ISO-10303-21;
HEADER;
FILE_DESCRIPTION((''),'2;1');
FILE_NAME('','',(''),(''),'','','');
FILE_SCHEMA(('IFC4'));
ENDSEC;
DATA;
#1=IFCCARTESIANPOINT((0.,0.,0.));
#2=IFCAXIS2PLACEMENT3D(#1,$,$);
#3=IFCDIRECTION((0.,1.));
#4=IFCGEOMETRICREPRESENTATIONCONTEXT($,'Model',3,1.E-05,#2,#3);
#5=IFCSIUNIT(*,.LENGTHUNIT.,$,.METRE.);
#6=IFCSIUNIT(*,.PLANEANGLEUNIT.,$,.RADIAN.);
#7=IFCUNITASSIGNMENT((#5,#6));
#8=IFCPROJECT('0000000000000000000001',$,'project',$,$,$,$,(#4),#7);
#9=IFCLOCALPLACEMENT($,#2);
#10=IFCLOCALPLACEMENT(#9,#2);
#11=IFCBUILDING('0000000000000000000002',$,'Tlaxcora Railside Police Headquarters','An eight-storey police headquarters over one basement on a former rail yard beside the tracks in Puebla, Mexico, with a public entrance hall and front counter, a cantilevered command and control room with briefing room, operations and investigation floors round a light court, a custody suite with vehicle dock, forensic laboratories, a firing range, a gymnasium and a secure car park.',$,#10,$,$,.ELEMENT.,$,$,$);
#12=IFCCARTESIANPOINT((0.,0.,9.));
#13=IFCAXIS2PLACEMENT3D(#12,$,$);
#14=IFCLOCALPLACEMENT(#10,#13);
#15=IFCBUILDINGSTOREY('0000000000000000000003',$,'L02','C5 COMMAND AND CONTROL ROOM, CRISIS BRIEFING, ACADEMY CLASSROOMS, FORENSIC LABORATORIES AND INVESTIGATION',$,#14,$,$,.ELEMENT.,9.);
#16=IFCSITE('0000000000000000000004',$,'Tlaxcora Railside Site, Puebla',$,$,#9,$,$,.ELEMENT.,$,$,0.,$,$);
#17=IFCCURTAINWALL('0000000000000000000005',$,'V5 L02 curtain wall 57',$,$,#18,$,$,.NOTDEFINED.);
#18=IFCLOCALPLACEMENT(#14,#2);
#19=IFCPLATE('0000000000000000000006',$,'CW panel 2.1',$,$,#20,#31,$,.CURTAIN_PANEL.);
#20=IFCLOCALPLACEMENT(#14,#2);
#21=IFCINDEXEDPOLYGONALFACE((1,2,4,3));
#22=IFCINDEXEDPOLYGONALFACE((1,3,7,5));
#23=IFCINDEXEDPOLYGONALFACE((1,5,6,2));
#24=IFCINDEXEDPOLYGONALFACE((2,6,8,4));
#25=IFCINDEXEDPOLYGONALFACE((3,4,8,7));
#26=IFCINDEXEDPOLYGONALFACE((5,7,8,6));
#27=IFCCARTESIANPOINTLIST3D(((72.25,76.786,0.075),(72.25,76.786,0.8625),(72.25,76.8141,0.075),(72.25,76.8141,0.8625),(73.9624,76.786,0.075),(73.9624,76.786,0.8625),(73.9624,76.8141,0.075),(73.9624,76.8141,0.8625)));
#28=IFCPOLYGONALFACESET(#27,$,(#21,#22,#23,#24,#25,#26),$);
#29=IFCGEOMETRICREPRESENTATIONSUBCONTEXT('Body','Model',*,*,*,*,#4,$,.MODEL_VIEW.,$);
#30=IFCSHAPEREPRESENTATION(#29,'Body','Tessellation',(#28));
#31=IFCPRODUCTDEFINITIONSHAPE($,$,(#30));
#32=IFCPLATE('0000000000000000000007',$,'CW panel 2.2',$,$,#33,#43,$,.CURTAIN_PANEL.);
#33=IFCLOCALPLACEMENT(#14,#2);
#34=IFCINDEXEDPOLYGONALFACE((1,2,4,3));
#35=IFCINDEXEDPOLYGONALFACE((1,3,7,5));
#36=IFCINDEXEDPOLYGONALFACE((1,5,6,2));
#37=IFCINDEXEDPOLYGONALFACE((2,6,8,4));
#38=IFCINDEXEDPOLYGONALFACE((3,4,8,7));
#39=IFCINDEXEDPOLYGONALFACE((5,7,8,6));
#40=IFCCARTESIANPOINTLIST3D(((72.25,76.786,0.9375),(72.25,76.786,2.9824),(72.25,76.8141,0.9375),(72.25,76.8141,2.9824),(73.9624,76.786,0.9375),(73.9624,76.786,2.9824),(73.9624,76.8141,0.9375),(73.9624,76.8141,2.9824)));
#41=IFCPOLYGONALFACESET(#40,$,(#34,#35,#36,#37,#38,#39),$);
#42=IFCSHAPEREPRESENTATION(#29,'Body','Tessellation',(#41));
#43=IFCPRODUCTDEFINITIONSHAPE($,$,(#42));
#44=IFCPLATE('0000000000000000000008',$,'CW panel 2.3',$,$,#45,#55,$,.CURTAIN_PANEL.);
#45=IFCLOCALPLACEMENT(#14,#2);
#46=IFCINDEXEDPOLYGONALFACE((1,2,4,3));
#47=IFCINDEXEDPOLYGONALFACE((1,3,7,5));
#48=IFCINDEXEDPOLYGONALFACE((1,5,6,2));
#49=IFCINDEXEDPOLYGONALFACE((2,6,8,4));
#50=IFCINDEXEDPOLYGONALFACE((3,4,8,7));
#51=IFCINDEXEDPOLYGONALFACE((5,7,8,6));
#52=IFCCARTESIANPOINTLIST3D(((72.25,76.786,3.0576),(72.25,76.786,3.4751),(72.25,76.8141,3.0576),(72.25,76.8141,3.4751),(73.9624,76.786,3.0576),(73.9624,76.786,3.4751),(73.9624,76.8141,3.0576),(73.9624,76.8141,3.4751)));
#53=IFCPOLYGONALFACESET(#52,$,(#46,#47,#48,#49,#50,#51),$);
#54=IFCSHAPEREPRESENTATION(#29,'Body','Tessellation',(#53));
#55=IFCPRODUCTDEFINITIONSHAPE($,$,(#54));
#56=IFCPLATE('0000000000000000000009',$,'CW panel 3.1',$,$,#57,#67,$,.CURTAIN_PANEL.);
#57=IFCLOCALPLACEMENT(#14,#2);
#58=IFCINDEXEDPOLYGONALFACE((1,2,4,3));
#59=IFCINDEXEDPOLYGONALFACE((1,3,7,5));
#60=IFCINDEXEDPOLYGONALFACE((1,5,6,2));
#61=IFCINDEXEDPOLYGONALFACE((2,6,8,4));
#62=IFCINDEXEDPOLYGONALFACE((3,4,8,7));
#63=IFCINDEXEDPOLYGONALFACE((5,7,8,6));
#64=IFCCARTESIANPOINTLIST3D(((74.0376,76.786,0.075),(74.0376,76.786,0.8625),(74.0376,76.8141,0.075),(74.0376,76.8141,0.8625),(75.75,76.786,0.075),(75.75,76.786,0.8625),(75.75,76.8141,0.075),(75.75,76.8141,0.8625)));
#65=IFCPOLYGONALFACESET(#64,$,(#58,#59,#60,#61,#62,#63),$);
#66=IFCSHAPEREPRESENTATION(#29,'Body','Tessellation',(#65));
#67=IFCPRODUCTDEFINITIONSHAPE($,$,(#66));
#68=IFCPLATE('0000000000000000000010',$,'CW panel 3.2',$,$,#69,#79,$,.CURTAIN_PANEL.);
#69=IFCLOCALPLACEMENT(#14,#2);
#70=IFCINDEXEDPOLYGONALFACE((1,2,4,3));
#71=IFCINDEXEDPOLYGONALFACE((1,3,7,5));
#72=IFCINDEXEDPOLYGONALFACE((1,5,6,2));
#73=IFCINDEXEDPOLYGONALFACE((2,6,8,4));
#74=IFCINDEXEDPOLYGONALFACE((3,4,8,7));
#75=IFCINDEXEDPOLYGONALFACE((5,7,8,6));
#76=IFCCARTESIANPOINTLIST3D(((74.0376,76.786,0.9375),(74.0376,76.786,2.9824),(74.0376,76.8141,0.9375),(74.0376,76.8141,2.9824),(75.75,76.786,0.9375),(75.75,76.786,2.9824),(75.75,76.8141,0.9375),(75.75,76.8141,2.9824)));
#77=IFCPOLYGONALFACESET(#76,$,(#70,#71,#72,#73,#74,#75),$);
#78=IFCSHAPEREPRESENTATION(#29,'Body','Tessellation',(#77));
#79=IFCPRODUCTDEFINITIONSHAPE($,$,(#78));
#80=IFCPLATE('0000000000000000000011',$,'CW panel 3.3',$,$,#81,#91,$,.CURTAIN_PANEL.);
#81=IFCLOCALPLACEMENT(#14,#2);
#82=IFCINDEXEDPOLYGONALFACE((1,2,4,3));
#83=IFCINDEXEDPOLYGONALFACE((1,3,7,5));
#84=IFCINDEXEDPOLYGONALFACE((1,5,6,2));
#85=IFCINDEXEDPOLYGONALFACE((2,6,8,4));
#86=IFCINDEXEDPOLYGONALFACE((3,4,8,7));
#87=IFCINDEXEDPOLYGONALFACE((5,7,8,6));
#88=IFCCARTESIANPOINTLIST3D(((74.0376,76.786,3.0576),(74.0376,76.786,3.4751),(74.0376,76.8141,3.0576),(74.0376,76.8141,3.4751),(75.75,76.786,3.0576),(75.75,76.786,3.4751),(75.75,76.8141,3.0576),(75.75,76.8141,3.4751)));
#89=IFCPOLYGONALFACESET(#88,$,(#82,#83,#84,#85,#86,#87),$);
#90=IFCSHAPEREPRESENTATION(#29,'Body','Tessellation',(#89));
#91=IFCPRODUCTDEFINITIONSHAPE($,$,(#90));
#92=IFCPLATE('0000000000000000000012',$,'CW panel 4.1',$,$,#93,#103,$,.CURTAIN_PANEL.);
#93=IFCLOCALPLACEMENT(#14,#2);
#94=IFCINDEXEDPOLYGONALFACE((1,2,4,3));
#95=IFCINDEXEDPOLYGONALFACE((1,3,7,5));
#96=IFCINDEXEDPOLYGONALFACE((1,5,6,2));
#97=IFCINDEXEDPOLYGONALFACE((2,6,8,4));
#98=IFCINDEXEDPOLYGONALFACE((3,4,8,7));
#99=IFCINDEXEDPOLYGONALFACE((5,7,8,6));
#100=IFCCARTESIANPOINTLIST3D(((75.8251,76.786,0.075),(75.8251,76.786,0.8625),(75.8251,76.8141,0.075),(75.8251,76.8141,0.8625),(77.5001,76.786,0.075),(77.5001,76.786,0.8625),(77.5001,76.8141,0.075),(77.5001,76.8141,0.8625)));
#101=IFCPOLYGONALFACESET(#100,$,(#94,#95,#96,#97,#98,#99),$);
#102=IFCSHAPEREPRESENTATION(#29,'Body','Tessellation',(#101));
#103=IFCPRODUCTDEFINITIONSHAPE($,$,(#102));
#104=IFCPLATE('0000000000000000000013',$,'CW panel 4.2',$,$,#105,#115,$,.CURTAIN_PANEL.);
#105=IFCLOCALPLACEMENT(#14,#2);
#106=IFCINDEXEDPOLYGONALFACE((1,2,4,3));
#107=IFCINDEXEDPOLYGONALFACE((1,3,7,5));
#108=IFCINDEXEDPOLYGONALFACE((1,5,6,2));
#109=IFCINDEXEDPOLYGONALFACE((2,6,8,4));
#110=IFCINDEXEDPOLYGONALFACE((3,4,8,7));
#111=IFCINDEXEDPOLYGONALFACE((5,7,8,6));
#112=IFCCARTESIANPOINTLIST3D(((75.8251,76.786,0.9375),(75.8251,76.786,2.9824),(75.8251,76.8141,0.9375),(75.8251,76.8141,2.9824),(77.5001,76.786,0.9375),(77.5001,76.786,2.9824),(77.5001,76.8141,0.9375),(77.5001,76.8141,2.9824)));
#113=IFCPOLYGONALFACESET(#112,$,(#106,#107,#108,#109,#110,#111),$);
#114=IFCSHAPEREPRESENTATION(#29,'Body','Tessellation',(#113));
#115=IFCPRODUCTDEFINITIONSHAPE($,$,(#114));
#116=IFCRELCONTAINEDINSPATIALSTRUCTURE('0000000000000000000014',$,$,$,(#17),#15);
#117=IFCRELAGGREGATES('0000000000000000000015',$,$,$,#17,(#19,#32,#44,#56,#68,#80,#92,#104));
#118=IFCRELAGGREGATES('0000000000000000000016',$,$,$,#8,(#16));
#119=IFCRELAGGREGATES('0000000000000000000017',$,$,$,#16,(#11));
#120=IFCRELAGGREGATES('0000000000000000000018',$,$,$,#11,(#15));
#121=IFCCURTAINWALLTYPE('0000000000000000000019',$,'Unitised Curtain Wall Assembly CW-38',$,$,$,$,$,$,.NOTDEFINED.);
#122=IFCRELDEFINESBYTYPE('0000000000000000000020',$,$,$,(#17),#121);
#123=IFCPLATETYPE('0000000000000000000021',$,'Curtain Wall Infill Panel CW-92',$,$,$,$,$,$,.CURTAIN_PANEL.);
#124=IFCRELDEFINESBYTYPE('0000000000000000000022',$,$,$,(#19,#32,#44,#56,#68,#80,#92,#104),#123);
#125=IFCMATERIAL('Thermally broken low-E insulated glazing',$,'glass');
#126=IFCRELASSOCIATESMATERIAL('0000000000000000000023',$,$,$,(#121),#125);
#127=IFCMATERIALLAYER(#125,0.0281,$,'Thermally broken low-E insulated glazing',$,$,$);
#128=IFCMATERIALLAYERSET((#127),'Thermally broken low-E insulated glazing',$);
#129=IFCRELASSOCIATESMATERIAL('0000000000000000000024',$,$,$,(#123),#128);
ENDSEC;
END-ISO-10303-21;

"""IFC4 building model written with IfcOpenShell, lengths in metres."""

from ifc_helpers import new_model, si_unit, direction, frame, origin, origin_2d, place, context, subcontext, project, spatial, rectangle, extrude, material, layer, layer_set, type_object, element, aggregate, save


model = new_model("IFC4")

# Units and contexts
model_context = context("Model", 3, precision=1e-05, world=origin(), true_north=direction((0.0, 1.0)))
body_context = subcontext(model_context, "Body", "Model", "MODEL_VIEW")
ifc_project = project(units=[si_unit("LENGTHUNIT", "METRE"), si_unit("PLANEANGLEUNIT", "RADIAN")], contexts=[model_context])

# Site, building, storey
site_placement = place(None, origin())
site = spatial("IfcSite", under=ifc_project, at=site_placement, Name="Tlaxcora Railside Site, Puebla", CompositionType="ELEMENT", RefElevation=0.0)
building_placement = place(site_placement, origin())
building = spatial("IfcBuilding", under=site, at=building_placement, Name="Tlaxcora Railside Police Headquarters", Description="An eight-storey police headquarters over one basement on a former rail yard beside the tracks in Puebla, Mexico, with a public entrance hall and front counter, a cantilevered command and control room with briefing room, operations and investigation floors round a light court, a custody suite with vehicle dock, forensic laboratories, a firing range, a gymnasium and a secure car park.", CompositionType="ELEMENT")
storey_placement = place(building_placement, frame((0.0, 0.0, 9.0)))
storey = spatial("IfcBuildingStorey", under=building, at=storey_placement, Name="L02", Description="C5 COMMAND AND CONTROL ROOM, CRISIS BRIEFING, ACADEMY CLASSROOMS, FORENSIC LABORATORIES AND INVESTIGATION", CompositionType="ELEMENT", Elevation=9.0)

# Curtain wall, plates
ifc_material_1 = material(Name="Thermally broken low-E insulated glazing", Category="glass")
curtain_wall_type = type_object("IfcCurtainWallType", Name="Unitised Curtain Wall Assembly CW-38", PredefinedType="NOTDEFINED", material=ifc_material_1)
curtain_wall_placement = place(storey_placement, origin())
curtain_wall = element("IfcCurtainWall", 1, at=curtain_wall_placement, inside=storey, type_object=curtain_wall_type, Name="V5 L02 curtain wall 57", PredefinedType="NOTDEFINED")
ifc_layer = layer(ifc_material_1, 0.0281, Name="Thermally broken low-E insulated glazing")
ifc_layer_set = layer_set([ifc_layer], Name="Thermally broken low-E insulated glazing")
plate_type = type_object("IfcPlateType", Name="Curtain Wall Infill Panel CW-92", PredefinedType="CURTAIN_PANEL", material=ifc_layer_set)
plate_1_placement = place(storey_placement, frame((73.1062, 76.8, 0.075), z_axis=(0.0, 0.0, 1.0), x_axis=(1.0, 0.0, 0.0)))
plate_1 = element("IfcPlate", 2, at=plate_1_placement, type_object=plate_type, Name="CW panel 2.1", PredefinedType="CURTAIN_PANEL", context=body_context, shape_type="SweptSolid", body=[
    extrude(rectangle(XDim=1.7124, YDim=0.0281, at=origin_2d()), origin(), (0.0, 0.0, 1.0), 0.7876),
])
plate_2_placement = place(storey_placement, frame((73.1062, 76.8, 0.9375), z_axis=(0.0, 0.0, 1.0), x_axis=(1.0, 0.0, 0.0)))
plate_2 = element("IfcPlate", 3, at=plate_2_placement, type_object=plate_type, Name="CW panel 2.2", PredefinedType="CURTAIN_PANEL", context=body_context, shape_type="SweptSolid", body=[
    extrude(rectangle(XDim=1.7124, YDim=0.0281, at=origin_2d()), origin(), (0.0, 0.0, 1.0), 2.0449),
])
plate_3_placement = place(storey_placement, frame((73.1062, 76.8, 3.0576), z_axis=(0.0, 0.0, 1.0), x_axis=(1.0, 0.0, 0.0)))
plate_3 = element("IfcPlate", 4, at=plate_3_placement, type_object=plate_type, Name="CW panel 2.3", PredefinedType="CURTAIN_PANEL", context=body_context, shape_type="SweptSolid", body=[
    extrude(rectangle(XDim=1.7124, YDim=0.0281, at=origin_2d()), origin(), (0.0, 0.0, 1.0), 0.4175),
])
plate_4_placement = place(storey_placement, frame((74.8938, 76.8, 0.075), z_axis=(0.0, 0.0, 1.0), x_axis=(1.0, 0.0, 0.0)))
plate_4 = element("IfcPlate", 5, at=plate_4_placement, type_object=plate_type, Name="CW panel 3.1", PredefinedType="CURTAIN_PANEL", context=body_context, shape_type="SweptSolid", body=[
    extrude(rectangle(XDim=1.7124, YDim=0.0281, at=origin_2d()), origin(), (0.0, 0.0, 1.0), 0.7876),
])
plate_5_placement = place(storey_placement, frame((74.8938, 76.8, 0.9375), z_axis=(0.0, 0.0, 1.0), x_axis=(1.0, 0.0, 0.0)))
plate_5 = element("IfcPlate", 6, at=plate_5_placement, type_object=plate_type, Name="CW panel 3.2", PredefinedType="CURTAIN_PANEL", context=body_context, shape_type="SweptSolid", body=[
    extrude(rectangle(XDim=1.7124, YDim=0.0281, at=origin_2d()), origin(), (0.0, 0.0, 1.0), 2.0449),
])
plate_6_placement = place(storey_placement, frame((74.8938, 76.8, 3.0576), z_axis=(0.0, 0.0, 1.0), x_axis=(1.0, 0.0, 0.0)))
plate_6 = element("IfcPlate", 7, at=plate_6_placement, type_object=plate_type, Name="CW panel 3.3", PredefinedType="CURTAIN_PANEL", context=body_context, shape_type="SweptSolid", body=[
    extrude(rectangle(XDim=1.7124, YDim=0.0281, at=origin_2d()), origin(), (0.0, 0.0, 1.0), 0.4175),
])
plate_7_placement = place(storey_placement, frame((76.6626, 76.8, 0.075), z_axis=(0.0, 0.0, 1.0), x_axis=(1.0, 0.0, 0.0)))
plate_7 = element("IfcPlate", 8, at=plate_7_placement, type_object=plate_type, Name="CW panel 4.1", PredefinedType="CURTAIN_PANEL", context=body_context, shape_type="SweptSolid", body=[
    extrude(rectangle(XDim=1.675, YDim=0.0281, at=origin_2d()), origin(), (0.0, 0.0, 1.0), 0.7876),
])
plate_8_placement = place(storey_placement, frame((76.6626, 76.8, 0.9375), z_axis=(0.0, 0.0, 1.0), x_axis=(1.0, 0.0, 0.0)))
plate_8 = element("IfcPlate", 9, at=plate_8_placement, type_object=plate_type, Name="CW panel 4.2", PredefinedType="CURTAIN_PANEL", context=body_context, shape_type="SweptSolid", body=[
    extrude(rectangle(XDim=1.675, YDim=0.0281, at=origin_2d()), origin(), (0.0, 0.0, 1.0), 2.0449),
])
aggregate(curtain_wall, [plate_1, plate_2, plate_3, plate_4, plate_5, plate_6, plate_7, plate_8])

save(model, "model.ifc")
